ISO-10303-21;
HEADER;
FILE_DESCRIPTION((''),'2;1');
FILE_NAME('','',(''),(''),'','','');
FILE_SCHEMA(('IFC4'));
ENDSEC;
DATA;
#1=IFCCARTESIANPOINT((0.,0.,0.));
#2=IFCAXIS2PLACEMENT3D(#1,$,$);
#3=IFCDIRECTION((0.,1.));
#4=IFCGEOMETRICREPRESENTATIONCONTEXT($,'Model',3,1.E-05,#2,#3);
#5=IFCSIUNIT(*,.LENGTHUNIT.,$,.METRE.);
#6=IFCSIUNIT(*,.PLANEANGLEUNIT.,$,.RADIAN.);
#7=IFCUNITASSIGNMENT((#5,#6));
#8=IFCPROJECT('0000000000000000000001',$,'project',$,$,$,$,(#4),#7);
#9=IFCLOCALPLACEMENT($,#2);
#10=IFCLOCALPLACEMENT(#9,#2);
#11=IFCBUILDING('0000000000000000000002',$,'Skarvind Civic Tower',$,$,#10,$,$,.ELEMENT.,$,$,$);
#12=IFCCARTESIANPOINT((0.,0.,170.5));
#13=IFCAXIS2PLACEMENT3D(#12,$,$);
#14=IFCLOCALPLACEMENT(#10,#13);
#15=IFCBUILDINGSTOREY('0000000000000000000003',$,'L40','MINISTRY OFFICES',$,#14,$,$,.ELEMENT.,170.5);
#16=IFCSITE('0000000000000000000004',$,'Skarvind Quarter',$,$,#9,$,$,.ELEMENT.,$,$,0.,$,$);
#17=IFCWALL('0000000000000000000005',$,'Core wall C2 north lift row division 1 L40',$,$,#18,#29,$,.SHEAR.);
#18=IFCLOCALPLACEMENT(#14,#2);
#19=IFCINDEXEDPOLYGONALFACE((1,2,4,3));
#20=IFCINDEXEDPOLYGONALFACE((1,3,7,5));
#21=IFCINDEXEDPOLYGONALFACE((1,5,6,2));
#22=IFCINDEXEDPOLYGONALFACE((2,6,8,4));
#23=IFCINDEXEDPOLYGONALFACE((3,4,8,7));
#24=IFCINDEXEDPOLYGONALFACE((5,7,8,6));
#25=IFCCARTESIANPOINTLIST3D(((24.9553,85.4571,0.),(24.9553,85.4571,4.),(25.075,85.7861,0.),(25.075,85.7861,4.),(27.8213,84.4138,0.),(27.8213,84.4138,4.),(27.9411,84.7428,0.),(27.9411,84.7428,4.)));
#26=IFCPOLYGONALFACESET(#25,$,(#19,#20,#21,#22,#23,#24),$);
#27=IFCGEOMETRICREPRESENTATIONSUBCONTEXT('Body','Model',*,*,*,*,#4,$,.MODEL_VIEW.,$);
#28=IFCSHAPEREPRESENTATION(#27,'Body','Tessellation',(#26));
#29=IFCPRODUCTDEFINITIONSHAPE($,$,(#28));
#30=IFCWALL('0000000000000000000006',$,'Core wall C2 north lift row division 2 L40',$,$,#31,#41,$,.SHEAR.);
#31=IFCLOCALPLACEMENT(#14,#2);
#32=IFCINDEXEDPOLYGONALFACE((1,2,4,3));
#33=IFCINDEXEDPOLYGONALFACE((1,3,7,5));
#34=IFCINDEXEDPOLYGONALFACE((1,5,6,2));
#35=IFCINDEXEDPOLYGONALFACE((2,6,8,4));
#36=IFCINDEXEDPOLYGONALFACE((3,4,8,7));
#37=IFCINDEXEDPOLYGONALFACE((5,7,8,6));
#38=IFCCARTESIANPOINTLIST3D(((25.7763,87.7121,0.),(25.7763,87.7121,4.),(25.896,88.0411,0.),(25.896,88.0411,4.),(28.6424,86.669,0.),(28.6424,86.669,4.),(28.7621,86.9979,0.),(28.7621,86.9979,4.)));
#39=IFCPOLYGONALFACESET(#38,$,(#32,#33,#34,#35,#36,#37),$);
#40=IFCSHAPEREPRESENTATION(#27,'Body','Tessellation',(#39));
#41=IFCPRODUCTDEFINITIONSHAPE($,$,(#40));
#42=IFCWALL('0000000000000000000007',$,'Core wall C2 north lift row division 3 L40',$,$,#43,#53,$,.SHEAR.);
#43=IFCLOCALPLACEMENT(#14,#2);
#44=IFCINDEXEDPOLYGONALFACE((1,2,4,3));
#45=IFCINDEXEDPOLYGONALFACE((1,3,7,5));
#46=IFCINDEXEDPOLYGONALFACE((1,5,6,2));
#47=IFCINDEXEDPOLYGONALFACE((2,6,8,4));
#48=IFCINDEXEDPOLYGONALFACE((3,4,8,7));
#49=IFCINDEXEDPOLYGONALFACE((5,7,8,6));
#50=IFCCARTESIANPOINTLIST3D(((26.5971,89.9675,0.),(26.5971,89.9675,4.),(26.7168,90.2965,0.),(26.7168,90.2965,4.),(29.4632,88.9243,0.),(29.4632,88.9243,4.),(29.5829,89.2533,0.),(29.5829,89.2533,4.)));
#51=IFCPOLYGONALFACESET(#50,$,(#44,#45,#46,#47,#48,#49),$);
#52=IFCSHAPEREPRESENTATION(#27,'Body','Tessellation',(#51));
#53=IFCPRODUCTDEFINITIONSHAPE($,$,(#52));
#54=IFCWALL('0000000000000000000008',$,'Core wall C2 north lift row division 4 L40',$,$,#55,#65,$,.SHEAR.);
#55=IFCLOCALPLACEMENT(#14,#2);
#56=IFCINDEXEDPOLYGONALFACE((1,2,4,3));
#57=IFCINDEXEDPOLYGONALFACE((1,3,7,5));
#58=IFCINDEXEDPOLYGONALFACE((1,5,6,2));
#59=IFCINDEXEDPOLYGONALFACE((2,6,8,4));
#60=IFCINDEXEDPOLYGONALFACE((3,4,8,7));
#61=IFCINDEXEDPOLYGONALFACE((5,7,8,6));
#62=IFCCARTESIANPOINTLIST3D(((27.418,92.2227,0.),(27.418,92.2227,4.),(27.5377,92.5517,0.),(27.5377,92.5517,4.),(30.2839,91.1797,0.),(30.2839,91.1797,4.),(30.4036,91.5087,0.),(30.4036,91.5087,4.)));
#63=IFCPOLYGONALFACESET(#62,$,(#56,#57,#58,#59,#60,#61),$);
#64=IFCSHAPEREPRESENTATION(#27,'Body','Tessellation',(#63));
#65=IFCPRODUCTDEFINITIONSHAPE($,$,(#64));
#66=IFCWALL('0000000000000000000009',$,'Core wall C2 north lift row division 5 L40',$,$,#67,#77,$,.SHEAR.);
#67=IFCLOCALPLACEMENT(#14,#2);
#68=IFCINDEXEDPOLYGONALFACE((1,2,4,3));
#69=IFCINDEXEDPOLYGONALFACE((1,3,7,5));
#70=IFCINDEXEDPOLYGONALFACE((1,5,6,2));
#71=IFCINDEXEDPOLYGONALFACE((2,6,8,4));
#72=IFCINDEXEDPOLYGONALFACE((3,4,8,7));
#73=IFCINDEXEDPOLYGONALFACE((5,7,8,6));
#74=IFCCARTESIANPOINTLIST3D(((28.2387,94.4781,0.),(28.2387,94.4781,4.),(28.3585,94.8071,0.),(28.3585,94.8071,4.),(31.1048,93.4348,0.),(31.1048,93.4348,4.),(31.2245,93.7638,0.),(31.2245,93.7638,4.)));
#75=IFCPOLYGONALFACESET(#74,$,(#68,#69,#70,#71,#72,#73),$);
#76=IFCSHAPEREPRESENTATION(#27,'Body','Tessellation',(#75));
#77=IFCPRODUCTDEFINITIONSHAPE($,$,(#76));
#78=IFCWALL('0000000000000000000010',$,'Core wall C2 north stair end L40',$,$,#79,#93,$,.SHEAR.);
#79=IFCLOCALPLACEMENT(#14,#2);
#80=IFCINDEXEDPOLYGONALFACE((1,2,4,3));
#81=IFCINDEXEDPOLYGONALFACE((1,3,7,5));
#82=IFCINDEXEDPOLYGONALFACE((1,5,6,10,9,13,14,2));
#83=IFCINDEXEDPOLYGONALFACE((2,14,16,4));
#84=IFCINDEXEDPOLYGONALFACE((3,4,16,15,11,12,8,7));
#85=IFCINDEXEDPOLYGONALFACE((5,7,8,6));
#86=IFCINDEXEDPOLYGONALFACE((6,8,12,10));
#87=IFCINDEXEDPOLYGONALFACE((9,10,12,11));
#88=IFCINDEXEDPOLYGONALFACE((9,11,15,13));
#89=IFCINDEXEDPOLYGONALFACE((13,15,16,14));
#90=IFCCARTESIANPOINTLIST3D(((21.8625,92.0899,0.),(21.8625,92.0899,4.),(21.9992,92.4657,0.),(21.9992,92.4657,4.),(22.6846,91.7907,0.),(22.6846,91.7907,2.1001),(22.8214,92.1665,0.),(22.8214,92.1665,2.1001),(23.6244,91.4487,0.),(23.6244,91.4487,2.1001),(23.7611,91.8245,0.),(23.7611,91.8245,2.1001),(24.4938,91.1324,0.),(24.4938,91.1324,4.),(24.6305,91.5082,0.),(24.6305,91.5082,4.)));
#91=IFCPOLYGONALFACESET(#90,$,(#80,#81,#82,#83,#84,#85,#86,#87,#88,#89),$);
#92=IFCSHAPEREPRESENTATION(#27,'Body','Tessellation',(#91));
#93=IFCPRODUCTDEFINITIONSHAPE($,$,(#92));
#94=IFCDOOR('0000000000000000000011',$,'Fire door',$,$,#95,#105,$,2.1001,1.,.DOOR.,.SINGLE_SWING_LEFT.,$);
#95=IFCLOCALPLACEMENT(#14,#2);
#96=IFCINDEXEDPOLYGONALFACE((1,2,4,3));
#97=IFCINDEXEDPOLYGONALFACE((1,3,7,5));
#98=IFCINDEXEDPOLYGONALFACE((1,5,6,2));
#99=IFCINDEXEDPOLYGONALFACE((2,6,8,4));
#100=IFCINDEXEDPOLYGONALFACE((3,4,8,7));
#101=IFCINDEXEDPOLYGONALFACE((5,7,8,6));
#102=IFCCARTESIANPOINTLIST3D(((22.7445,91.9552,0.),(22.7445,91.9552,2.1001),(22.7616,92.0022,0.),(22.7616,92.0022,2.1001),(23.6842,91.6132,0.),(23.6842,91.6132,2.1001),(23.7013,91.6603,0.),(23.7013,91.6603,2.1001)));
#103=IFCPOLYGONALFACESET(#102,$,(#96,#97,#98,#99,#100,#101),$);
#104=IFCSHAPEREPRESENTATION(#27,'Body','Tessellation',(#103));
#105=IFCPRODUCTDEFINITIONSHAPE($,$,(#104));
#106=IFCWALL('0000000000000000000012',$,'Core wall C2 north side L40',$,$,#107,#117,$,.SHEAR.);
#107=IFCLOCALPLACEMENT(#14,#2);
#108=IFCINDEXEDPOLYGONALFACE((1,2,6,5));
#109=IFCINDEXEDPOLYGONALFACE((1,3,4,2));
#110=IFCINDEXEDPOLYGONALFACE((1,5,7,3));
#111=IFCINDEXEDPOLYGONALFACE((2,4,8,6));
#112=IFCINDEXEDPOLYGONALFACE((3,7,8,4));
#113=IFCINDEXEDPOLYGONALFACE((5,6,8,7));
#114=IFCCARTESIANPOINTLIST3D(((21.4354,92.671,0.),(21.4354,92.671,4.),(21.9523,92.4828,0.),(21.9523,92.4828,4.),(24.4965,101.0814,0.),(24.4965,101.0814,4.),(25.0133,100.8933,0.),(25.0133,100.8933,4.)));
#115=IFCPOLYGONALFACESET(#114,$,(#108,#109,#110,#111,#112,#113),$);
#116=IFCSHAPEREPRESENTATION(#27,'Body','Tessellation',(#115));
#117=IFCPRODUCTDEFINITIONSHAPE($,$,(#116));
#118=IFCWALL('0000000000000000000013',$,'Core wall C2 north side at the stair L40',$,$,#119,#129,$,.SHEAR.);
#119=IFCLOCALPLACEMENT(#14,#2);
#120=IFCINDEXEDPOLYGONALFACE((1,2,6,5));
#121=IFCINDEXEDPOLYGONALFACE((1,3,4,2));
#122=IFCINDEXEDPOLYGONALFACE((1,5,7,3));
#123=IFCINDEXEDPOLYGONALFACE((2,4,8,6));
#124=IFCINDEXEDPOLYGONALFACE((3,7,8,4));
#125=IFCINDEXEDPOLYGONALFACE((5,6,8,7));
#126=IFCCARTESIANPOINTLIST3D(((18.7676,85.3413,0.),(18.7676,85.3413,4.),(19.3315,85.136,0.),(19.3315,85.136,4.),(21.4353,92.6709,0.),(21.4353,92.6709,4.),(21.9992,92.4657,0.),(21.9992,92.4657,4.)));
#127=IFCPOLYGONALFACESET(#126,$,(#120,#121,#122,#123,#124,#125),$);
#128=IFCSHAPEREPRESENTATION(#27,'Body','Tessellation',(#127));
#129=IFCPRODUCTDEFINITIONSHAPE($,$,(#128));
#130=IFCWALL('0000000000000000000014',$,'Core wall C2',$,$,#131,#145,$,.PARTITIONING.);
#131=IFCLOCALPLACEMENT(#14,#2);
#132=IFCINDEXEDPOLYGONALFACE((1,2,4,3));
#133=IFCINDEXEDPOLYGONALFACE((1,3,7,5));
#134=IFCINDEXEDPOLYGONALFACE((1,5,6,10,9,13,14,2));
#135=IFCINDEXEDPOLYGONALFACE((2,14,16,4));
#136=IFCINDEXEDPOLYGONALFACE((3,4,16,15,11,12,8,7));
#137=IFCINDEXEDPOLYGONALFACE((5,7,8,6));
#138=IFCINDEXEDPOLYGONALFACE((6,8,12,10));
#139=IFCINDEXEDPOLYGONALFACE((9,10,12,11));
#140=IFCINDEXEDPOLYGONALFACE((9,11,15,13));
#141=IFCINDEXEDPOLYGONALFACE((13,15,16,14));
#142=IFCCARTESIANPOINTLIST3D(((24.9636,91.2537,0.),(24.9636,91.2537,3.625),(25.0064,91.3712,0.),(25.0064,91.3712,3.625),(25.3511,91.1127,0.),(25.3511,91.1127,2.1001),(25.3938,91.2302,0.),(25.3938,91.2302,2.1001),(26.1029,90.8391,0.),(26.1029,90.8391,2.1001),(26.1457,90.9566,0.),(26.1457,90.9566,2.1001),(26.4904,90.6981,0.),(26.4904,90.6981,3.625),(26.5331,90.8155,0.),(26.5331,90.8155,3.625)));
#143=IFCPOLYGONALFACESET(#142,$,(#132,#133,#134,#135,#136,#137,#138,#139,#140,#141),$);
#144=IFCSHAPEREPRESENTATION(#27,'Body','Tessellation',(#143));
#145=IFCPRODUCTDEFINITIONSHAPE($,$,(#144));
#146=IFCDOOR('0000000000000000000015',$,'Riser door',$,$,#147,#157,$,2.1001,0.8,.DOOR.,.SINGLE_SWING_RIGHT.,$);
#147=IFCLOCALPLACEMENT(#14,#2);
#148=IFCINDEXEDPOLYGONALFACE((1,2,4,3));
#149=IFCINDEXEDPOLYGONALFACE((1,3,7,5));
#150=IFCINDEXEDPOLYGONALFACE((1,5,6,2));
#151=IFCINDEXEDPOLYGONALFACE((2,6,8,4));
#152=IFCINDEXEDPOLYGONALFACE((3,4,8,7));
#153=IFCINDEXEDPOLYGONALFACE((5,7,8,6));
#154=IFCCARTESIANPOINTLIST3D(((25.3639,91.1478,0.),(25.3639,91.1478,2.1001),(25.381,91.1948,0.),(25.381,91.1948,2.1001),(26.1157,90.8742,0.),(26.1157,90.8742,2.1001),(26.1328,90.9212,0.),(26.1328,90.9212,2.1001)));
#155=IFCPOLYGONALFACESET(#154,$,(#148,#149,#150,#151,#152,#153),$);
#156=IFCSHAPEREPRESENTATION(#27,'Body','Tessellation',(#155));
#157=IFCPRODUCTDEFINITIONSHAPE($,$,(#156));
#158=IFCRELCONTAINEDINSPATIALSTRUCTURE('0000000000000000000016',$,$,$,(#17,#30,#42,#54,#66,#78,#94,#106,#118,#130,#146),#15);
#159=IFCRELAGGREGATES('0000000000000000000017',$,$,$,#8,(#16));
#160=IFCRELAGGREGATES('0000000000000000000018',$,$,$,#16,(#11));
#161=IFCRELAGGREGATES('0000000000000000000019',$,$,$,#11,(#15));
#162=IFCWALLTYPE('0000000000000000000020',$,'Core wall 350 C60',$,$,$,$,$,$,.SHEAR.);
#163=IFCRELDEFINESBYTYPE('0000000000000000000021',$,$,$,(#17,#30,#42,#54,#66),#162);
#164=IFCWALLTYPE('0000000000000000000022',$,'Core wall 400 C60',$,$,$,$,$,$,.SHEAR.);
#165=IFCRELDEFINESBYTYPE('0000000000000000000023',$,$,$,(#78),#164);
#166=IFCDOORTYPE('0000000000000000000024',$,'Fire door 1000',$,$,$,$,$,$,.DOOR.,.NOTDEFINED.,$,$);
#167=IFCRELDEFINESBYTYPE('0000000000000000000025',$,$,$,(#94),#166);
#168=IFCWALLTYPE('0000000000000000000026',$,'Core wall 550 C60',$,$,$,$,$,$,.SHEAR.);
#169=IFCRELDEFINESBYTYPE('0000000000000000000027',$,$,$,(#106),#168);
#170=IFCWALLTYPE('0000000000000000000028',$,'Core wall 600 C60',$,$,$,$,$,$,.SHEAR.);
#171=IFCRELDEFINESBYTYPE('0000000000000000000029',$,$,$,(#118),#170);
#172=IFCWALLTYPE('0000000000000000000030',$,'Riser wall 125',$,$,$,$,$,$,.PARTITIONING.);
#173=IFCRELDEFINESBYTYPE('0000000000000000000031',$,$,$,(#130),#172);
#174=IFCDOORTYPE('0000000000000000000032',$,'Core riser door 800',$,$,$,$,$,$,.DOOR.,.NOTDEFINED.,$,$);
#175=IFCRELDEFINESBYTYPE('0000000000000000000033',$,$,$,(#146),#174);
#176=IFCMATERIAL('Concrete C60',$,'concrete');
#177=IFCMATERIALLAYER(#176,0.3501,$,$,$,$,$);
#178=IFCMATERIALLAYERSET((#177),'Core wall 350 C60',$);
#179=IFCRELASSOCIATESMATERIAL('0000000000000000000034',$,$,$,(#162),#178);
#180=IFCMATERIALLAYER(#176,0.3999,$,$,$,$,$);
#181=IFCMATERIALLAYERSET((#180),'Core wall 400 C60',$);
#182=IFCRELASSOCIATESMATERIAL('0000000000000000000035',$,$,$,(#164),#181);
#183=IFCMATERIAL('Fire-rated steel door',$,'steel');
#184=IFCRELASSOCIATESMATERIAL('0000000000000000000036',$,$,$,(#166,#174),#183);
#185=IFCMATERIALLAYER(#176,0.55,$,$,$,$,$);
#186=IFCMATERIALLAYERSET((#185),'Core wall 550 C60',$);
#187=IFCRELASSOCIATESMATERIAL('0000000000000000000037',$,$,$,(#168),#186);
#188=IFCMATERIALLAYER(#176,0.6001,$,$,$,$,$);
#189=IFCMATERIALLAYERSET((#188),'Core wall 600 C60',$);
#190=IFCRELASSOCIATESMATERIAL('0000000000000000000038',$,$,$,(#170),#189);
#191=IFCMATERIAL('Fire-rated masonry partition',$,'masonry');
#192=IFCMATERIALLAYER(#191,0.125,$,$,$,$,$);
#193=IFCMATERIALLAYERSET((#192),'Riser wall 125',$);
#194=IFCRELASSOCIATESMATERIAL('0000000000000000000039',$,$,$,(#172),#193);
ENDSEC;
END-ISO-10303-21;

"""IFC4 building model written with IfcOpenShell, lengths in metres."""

from ifc_helpers import new_model, si_unit, direction, frame, frame_2d, origin, place, context, subcontext, project, spatial, rectangle, extrude, material, layer, layer_set, type_object, element, fill, save


model = new_model("IFC4")

# Units and contexts
model_context = context("Model", 3, precision=1e-05, world=origin(), true_north=direction((0.0, 1.0)))
body_context = subcontext(model_context, "Body", "Model", "MODEL_VIEW")
ifc_project = project(units=[si_unit("LENGTHUNIT", "METRE"), si_unit("PLANEANGLEUNIT", "RADIAN")], contexts=[model_context])

# Site, building, storey
site_placement = place(None, origin())
site = spatial("IfcSite", under=ifc_project, at=site_placement, Name="Skarvind Quarter", CompositionType="ELEMENT", RefElevation=0.0)
building_placement = place(site_placement, origin())
building = spatial("IfcBuilding", under=site, at=building_placement, Name="Skarvind Civic Tower", CompositionType="ELEMENT")
storey_placement = place(building_placement, frame((0.0, 0.0, 170.5)))
storey = spatial("IfcBuildingStorey", under=building, at=storey_placement, Name="L40", Description="MINISTRY OFFICES", CompositionType="ELEMENT", Elevation=170.5)

# Walls
ifc_material_1 = material(Name="Concrete C60", Category="concrete")
ifc_layer_1 = layer(ifc_material_1, 0.3501)
ifc_layer_set_1 = layer_set([ifc_layer_1], Name="Core wall 350 C60")
wall_type_1 = type_object("IfcWallType", Name="Core wall 350 C60", PredefinedType="SHEAR", material=ifc_layer_set_1)
for number, where, z_axis, x_axis, name in (
    (1, (27.8811, 84.5784, 0.0), (0.0, 0.0, 1.0), (-0.939684, 0.342045, 0.0), "Core wall C2 north lift row division 1 L40"),
    (2, (28.7021, 86.8335, 0.0), (0.0, 0.0, 1.0), (-0.939693, 0.342019, 0.0), "Core wall C2 north lift row division 2 L40"),
    (3, (29.5229, 89.0889, 0.0), (0.0, 0.0, 1.0), (-0.939693, 0.342019, 0.0), "Core wall C2 north lift row division 3 L40"),
):
    element("IfcWall", number, at=place(storey_placement, frame(where, z_axis=z_axis, x_axis=x_axis)), inside=storey, type_object=wall_type_1, Name=name, PredefinedType="SHEAR", context=body_context, shape_type="SweptSolid", body=[
        extrude(rectangle(XDim=3.05, YDim=0.3501, at=frame_2d((1.5249, 0.0))), origin(), (0.0, 0.0, 1.0), 4.0),
    ])
wall_1_placement = place(storey_placement, frame((30.3438, 91.3442, 0.0), z_axis=(0.0, 0.0, 1.0), x_axis=(-0.939709, 0.341974, 0.0)))
element("IfcWall", 4, at=wall_1_placement, inside=storey, type_object=wall_type_1, Name="Core wall C2 north lift row division 4 L40", PredefinedType="SHEAR", context=body_context, shape_type="SweptSolid", body=[
    extrude(rectangle(XDim=3.0498, YDim=0.3501, at=frame_2d((1.5249, 0.0))), origin(), (0.0, 0.0, 1.0), 4.0),
])
wall_2_placement = place(storey_placement, frame((31.1646, 93.5994, 0.0), z_axis=(0.0, 0.0, 1.0), x_axis=(-0.939684, 0.342045, 0.0)))
element("IfcWall", 5, at=wall_2_placement, inside=storey, type_object=wall_type_1, Name="Core wall C2 north lift row division 5 L40", PredefinedType="SHEAR", context=body_context, shape_type="SweptSolid", body=[
    extrude(rectangle(XDim=3.05, YDim=0.3501, at=frame_2d((1.5249, 0.0))), origin(), (0.0, 0.0, 1.0), 4.0),
])

# Wall, opening, door
ifc_layer_2 = layer(ifc_material_1, 0.3999)
ifc_layer_set_2 = layer_set([ifc_layer_2], Name="Core wall 400 C60")
wall_type_2 = type_object("IfcWallType", Name="Core wall 400 C60", PredefinedType="SHEAR", material=ifc_layer_set_2)
wall_3_placement = place(storey_placement, frame((24.562, 91.3203, 0.0), z_axis=(0.0, 0.0, 1.0), x_axis=(-0.939717, 0.341953, 0.0)))
wall_3 = element("IfcWall", 6, at=wall_3_placement, inside=storey, type_object=wall_type_2, Name="Core wall C2 north stair end L40", PredefinedType="SHEAR", context=body_context, shape_type="SweptSolid", body=[
    extrude(rectangle(XDim=2.8, YDim=0.3999, at=frame_2d((1.3999, 0.0))), origin(), (0.0, 0.0, 1.0), 4.0),
])
opening_1_placement = place(wall_3_placement, frame((0.925, 0.0, 0.0)))
opening_1 = element("IfcOpeningElement", 7, at=opening_1_placement, cuts=wall_3, PredefinedType="OPENING", context=body_context, shape_type="SweptSolid", body=[
    extrude(rectangle(XDim=1.0, YDim=2.1001, at=frame_2d((0.5, 1.05))), frame((0.0, 0.21, 0.0), z_axis=(0.0, -1.0, 0.0), x_axis=(1.0, 0.0, 0.0)), (0.0, 0.0, 1.0), 0.4199),
])
ifc_material_2 = material(Name="Fire-rated steel door", Category="steel")
door_type_1 = type_object("IfcDoorType", Name="Fire door 1000", OperationType="NOTDEFINED", PredefinedType="DOOR", material=ifc_material_2)
door_1_placement = place(opening_1_placement, origin())
door_1 = element("IfcDoor", 8, at=door_1_placement, inside=storey, type_object=door_type_1, Name="Fire door", OperationType="SINGLE_SWING_LEFT", OverallHeight=2.1001, OverallWidth=1.0, PredefinedType="DOOR", context=body_context, shape_type="SweptSolid", body=[
    extrude(rectangle(XDim=1.0, YDim=2.1001, at=frame_2d((0.5, 1.05))), frame((0.0, 0.0249, 0.0), z_axis=(0.0, -1.0, 0.0), x_axis=(1.0, 0.0, 0.0)), (0.0, 0.0, 1.0), 0.05),
])
fill(opening_1, door_1)

# Walls
ifc_layer_3 = layer(ifc_material_1, 0.55)
ifc_layer_set_3 = layer_set([ifc_layer_3], Name="Core wall 550 C60")
wall_type_3 = type_object("IfcWallType", Name="Core wall 550 C60", PredefinedType="SHEAR", material=ifc_layer_set_3)
wall_4_placement = place(storey_placement, frame((21.6938, 92.5769, 0.0), z_axis=(0.0, 0.0, 1.0), x_axis=(0.34201, 0.939696, 0.0)))
element("IfcWall", 9, at=wall_4_placement, inside=storey, type_object=wall_type_3, Name="Core wall C2 north side L40", PredefinedType="SHEAR", context=body_context, shape_type="SweptSolid", body=[
    extrude(rectangle(XDim=8.9502, YDim=0.55, at=frame_2d((4.4751, 0.0))), origin(), (0.0, 0.0, 1.0), 4.0),
])
ifc_layer_4 = layer(ifc_material_1, 0.6001)
ifc_layer_set_4 = layer_set([ifc_layer_4], Name="Core wall 600 C60")
wall_type_4 = type_object("IfcWallType", Name="Core wall 600 C60", PredefinedType="SHEAR", material=ifc_layer_set_4)
wall_5_placement = place(storey_placement, frame((19.0496, 85.2388, 0.0), z_axis=(0.0, 0.0, 1.0), x_axis=(0.342017, 0.939694, 0.0)))
element("IfcWall", 10, at=wall_5_placement, inside=storey, type_object=wall_type_4, Name="Core wall C2 north side at the stair L40", PredefinedType="SHEAR", context=body_context, shape_type="SweptSolid", body=[
    extrude(rectangle(XDim=7.8, YDim=0.6001, at=frame_2d((3.8999, 0.0))), origin(), (0.0, 0.0, 1.0), 4.0),
])

# Wall, opening, door
ifc_material_3 = material(Name="Fire-rated masonry partition", Category="masonry")
ifc_layer_5 = layer(ifc_material_3, 0.125)
ifc_layer_set_5 = layer_set([ifc_layer_5], Name="Riser wall 125")
wall_type_5 = type_object("IfcWallType", Name="Riser wall 125", PredefinedType="PARTITIONING", material=ifc_layer_set_5)
wall_6_placement = place(storey_placement, frame((24.9849, 91.3125, 0.0), z_axis=(0.0, 0.0, 1.0), x_axis=(0.939706, -0.341984, 0.0)))
wall_6 = element("IfcWall", 11, at=wall_6_placement, inside=storey, type_object=wall_type_5, Name="Core wall C2", PredefinedType="PARTITIONING", context=body_context, shape_type="SweptSolid", body=[
    extrude(rectangle(XDim=1.6248, YDim=0.125, at=frame_2d((0.8125, 0.0))), origin(), (0.0, 0.0, 1.0), 3.625),
])
opening_2_placement = place(wall_6_placement, frame((0.4126, 0.0, 0.0)))
opening_2 = element("IfcOpeningElement", 12, at=opening_2_placement, cuts=wall_6, PredefinedType="OPENING", context=body_context, shape_type="SweptSolid", body=[
    extrude(rectangle(XDim=0.8, YDim=2.1001, at=frame_2d((0.3999, 1.05))), frame((0.0, 0.0725, 0.0), z_axis=(0.0, -1.0, 0.0), x_axis=(1.0, 0.0, 0.0)), (0.0, 0.0, 1.0), 0.145),
])
door_type_2 = type_object("IfcDoorType", Name="Core riser door 800", OperationType="NOTDEFINED", PredefinedType="DOOR", material=ifc_material_2)
door_2_placement = place(opening_2_placement, origin())
door_2 = element("IfcDoor", 13, at=door_2_placement, inside=storey, type_object=door_type_2, Name="Riser door", OperationType="SINGLE_SWING_RIGHT", OverallHeight=2.1001, OverallWidth=0.8, PredefinedType="DOOR", context=body_context, shape_type="SweptSolid", body=[
    extrude(rectangle(XDim=0.8, YDim=2.1001, at=frame_2d((0.3999, 1.05))), frame((0.0, 0.0249, 0.0), z_axis=(0.0, -1.0, 0.0), x_axis=(1.0, 0.0, 0.0)), (0.0, 0.0, 1.0), 0.05),
])
fill(opening_2, door_2)

save(model, "model.ifc")
